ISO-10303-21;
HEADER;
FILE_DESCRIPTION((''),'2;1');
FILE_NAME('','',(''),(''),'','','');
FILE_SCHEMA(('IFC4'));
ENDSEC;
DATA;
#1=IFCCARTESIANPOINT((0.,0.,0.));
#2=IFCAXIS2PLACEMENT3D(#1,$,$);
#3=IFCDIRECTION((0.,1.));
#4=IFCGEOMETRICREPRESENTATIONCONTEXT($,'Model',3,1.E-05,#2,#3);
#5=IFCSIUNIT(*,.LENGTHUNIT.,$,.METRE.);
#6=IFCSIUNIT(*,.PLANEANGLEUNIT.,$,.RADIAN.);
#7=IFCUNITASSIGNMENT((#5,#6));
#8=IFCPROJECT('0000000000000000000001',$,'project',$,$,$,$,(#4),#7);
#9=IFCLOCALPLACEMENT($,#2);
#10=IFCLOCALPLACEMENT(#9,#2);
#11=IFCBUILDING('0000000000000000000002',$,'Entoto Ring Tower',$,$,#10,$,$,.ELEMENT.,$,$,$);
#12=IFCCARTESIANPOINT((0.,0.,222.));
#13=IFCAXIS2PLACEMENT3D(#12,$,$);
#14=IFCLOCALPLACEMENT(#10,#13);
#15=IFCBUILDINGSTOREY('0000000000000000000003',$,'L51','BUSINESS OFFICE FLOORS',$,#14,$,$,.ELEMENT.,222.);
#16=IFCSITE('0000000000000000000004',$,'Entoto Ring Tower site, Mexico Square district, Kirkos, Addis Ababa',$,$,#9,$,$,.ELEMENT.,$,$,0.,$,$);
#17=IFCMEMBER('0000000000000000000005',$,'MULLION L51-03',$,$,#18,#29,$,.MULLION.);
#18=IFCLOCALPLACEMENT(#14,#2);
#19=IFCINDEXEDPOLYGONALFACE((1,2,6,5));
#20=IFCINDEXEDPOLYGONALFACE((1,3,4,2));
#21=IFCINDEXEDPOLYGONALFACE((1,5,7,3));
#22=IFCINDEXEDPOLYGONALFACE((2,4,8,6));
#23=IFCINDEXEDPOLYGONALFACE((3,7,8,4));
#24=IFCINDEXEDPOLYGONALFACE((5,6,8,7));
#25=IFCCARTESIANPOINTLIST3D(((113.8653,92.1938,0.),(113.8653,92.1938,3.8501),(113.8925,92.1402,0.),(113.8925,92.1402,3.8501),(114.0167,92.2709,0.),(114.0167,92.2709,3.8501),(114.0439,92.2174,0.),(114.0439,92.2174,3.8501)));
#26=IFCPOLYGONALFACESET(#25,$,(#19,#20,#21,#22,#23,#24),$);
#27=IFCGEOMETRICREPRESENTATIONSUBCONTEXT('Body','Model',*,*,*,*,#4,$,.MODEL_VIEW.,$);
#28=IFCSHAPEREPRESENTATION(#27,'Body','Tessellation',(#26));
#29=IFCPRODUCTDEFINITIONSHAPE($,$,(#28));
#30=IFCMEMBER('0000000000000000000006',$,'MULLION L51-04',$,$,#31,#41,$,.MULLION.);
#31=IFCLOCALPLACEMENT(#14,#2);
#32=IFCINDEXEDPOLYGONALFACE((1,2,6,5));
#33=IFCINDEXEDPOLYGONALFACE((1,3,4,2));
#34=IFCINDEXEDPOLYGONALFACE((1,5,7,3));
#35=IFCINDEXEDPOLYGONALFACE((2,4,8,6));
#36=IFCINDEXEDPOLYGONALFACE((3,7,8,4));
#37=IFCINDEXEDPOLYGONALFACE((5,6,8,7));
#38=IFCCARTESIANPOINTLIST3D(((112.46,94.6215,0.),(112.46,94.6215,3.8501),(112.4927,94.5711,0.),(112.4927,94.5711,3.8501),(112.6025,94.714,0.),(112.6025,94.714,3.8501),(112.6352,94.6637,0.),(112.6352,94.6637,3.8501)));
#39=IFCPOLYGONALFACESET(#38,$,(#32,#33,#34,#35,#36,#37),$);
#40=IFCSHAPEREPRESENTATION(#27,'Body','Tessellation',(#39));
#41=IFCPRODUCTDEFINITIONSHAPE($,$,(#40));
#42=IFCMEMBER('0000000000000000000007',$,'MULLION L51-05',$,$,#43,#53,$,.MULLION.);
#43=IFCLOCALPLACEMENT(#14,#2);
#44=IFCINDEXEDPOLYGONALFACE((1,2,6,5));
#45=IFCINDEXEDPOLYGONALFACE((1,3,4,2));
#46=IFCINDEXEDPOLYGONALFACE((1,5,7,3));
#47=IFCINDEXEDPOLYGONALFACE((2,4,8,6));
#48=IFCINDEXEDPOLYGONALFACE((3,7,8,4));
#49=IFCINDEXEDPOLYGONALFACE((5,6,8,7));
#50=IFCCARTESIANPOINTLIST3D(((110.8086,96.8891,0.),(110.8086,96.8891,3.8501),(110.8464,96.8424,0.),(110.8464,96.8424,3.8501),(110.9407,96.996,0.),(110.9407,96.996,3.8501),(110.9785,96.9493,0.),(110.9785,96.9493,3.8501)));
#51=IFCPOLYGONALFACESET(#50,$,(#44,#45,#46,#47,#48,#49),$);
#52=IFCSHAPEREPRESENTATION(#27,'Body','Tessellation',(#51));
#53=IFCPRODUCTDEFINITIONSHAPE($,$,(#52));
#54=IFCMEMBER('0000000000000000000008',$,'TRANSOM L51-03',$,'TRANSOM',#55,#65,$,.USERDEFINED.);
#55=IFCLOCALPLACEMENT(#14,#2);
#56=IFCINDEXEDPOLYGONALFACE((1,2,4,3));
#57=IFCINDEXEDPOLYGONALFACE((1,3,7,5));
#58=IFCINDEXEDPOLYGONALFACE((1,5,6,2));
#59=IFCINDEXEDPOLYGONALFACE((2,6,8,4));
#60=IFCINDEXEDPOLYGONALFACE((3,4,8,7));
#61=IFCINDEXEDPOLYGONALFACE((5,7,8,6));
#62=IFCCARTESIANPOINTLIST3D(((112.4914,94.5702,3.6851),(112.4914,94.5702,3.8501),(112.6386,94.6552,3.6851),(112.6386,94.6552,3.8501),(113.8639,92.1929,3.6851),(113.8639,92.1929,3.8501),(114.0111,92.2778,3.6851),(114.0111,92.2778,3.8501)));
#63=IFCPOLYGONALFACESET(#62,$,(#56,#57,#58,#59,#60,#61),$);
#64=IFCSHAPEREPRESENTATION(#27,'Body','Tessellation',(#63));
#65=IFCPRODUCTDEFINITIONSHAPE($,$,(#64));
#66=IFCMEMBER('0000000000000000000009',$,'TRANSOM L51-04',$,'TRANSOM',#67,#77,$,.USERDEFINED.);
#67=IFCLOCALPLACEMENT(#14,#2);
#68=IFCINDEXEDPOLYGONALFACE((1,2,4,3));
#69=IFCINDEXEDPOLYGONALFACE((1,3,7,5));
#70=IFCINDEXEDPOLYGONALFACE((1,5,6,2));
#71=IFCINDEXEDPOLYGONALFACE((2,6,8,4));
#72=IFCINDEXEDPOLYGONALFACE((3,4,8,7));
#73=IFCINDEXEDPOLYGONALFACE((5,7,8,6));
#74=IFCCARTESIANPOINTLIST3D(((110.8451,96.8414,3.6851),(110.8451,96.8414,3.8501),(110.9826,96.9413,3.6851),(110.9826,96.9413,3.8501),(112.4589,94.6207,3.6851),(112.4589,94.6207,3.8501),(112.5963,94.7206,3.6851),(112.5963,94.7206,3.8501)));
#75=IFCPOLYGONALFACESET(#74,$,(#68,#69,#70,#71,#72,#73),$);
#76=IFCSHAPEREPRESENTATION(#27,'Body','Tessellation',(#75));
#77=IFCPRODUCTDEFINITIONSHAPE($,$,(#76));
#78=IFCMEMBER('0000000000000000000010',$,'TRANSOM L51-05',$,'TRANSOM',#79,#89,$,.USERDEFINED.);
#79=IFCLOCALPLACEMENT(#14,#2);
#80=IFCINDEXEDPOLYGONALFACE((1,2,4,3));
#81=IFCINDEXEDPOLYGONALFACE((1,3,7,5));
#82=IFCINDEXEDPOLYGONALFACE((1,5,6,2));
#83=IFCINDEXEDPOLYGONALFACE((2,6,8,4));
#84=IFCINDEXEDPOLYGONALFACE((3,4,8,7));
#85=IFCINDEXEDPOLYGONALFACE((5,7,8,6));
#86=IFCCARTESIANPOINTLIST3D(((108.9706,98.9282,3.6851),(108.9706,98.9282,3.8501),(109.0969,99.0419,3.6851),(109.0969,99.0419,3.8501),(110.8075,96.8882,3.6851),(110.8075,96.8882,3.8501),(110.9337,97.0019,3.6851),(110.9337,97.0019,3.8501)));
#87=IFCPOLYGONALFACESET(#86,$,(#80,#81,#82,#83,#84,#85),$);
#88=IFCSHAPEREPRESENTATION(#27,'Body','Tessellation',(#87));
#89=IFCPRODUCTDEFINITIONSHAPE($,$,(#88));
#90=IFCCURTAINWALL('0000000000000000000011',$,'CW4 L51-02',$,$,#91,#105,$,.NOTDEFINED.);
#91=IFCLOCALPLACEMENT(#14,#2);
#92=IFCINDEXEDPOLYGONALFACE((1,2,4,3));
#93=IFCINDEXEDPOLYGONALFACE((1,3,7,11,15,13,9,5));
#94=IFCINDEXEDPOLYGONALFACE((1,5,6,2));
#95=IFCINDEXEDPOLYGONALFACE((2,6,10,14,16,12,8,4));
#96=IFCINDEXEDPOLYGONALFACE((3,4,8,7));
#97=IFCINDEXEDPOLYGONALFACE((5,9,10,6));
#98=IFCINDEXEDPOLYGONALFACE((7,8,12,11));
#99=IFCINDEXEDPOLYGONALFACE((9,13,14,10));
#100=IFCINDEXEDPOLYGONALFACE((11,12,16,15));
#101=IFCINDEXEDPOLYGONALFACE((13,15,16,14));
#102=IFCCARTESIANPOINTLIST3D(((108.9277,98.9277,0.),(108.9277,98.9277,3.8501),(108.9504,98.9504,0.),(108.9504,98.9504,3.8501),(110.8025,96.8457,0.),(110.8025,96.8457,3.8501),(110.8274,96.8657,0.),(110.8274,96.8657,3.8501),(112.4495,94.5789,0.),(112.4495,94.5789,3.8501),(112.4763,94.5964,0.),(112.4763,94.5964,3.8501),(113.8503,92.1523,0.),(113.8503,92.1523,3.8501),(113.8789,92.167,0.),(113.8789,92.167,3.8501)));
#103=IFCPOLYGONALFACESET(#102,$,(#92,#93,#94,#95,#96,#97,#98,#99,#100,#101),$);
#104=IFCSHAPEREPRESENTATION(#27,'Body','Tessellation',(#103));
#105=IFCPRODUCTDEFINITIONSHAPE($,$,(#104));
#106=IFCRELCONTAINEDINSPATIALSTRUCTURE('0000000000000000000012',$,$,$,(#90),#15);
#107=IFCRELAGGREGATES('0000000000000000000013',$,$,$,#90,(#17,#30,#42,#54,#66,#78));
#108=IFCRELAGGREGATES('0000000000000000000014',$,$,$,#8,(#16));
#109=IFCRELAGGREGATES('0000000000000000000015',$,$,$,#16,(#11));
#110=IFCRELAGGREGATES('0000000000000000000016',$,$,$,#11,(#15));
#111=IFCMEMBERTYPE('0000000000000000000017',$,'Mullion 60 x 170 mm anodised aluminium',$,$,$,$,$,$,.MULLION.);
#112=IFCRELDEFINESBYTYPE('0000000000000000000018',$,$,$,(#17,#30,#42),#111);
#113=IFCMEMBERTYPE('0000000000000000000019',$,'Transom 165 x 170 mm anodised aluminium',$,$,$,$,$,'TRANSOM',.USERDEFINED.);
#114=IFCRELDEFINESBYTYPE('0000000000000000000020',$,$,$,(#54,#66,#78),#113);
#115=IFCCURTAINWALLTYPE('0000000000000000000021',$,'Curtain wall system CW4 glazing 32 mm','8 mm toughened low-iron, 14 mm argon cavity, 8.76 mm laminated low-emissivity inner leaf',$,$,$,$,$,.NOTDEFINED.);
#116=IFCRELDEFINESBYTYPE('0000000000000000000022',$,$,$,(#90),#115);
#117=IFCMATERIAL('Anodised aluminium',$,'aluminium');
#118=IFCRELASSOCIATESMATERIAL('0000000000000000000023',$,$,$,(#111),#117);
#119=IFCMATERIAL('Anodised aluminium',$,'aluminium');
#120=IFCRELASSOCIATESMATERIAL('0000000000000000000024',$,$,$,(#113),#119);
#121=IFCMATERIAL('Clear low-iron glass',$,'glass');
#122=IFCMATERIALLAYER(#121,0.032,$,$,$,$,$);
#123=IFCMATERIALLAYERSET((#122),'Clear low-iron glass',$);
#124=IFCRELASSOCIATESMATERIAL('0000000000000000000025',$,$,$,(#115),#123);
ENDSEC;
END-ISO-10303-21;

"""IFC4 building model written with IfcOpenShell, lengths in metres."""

from ifc_helpers import new_model, si_unit, direction, frame, origin, origin_2d, place, context, subcontext, project, spatial, polyline, rectangle, outline, extrude, material, layer, layer_set, material_profile, profile_set, type_object, element, aggregate, save


model = new_model("IFC4")

# Units and contexts
model_context = context("Model", 3, precision=1e-05, world=origin(), true_north=direction((0.0, 1.0)))
body_context = subcontext(model_context, "Body", "Model", "MODEL_VIEW")
ifc_project = project(units=[si_unit("LENGTHUNIT", "METRE"), si_unit("PLANEANGLEUNIT", "RADIAN")], contexts=[model_context])

# Members
ifc_material_1 = material(Name="Anodised aluminium", Category="aluminium")
ifc_material_profile_1 = material_profile(ifc_material_1, rectangle(XDim=0.0601, YDim=0.1699, at=origin_2d()), Name="Mullion 60 x 170 mm anodised aluminium")
ifc_profile_set_1 = profile_set([ifc_material_profile_1], Name="Anodised aluminium")
member_type_1 = type_object("IfcMemberType", Name="Mullion 60 x 170 mm anodised aluminium", PredefinedType="MULLION", material=ifc_profile_set_1)
site_placement = place(None, origin())
building_placement = place(site_placement, origin())
storey_placement = place(building_placement, frame((0.0, 0.0, 222.0)))
member_1_placement = place(storey_placement, frame((113.9546, 92.2056, 0.0), z_axis=(0.0, 0.0, 1.0), x_axis=(-0.45399, 0.891007, 0.0)))
member_1 = element("IfcMember", 1, at=member_1_placement, type_object=member_type_1, Name="MULLION L51-03", PredefinedType="MULLION", context=body_context, shape_type="SweptSolid", body=[
    extrude(rectangle(XDim=0.0601, YDim=0.1699, at=origin_2d()), origin(), (0.0, 0.0, 1.0), 3.8501),
])
member_2_placement = place(storey_placement, frame((112.5476, 94.6426, 0.0), z_axis=(0.0, 0.0, 1.0), x_axis=(-0.544639, 0.838671, 0.0)))
member_2 = element("IfcMember", 2, at=member_2_placement, type_object=member_type_1, Name="MULLION L51-04", PredefinedType="MULLION", context=body_context, shape_type="SweptSolid", body=[
    extrude(rectangle(XDim=0.0601, YDim=0.1699, at=origin_2d()), origin(), (0.0, 0.0, 1.0), 3.8501),
])
member_3_placement = place(storey_placement, frame((110.8936, 96.9192, 0.0), z_axis=(0.0, 0.0, 1.0), x_axis=(-0.62932, 0.777146, 0.0)))
member_3 = element("IfcMember", 3, at=member_3_placement, type_object=member_type_1, Name="MULLION L51-05", PredefinedType="MULLION", context=body_context, shape_type="SweptSolid", body=[
    extrude(rectangle(XDim=0.0601, YDim=0.1699, at=origin_2d()), origin(), (0.0, 0.0, 1.0), 3.8501),
])
ifc_material_2 = material(Name="Anodised aluminium", Category="aluminium")
ifc_material_profile_2 = material_profile(ifc_material_2, rectangle(XDim=0.1699, YDim=0.165, at=origin_2d()), Name="Transom 165 x 170 mm anodised aluminium")
ifc_profile_set_2 = profile_set([ifc_material_profile_2], Name="Anodised aluminium")
member_type_2 = type_object("IfcMemberType", Name="Transom 165 x 170 mm anodised aluminium", ElementType="TRANSOM", PredefinedType="USERDEFINED", material=ifc_profile_set_2)
member_4_placement = place(storey_placement, frame((113.9375, 92.2354, 3.7676), z_axis=(-0.499984, 0.866035, 0.0), x_axis=(-0.866035, -0.499984, 0.0)))
member_4 = element("IfcMember", 4, at=member_4_placement, type_object=member_type_2, Name="TRANSOM L51-03", ObjectType="TRANSOM", PredefinedType="USERDEFINED", context=body_context, shape_type="SweptSolid", body=[
    extrude(rectangle(XDim=0.1699, YDim=0.165, at=origin_2d()), origin(), (0.0, 0.0, 1.0), 2.7451),
])
member_5_placement = place(storey_placement, frame((112.5276, 94.6707, 3.7676), z_axis=(-0.587865, 0.808959, 0.0), x_axis=(-0.808959, -0.587865, 0.0)))
member_5 = element("IfcMember", 5, at=member_5_placement, type_object=member_type_2, Name="TRANSOM L51-04", ObjectType="TRANSOM", PredefinedType="USERDEFINED", context=body_context, shape_type="SweptSolid", body=[
    extrude(rectangle(XDim=0.1699, YDim=0.165, at=origin_2d()), origin(), (0.0, 0.0, 1.0), 2.7451),
])
member_6_placement = place(storey_placement, frame((110.8706, 96.9451, 3.7676), z_axis=(-0.669142, 0.743135, 0.0), x_axis=(-0.743135, -0.669142, 0.0)))
member_6 = element("IfcMember", 6, at=member_6_placement, type_object=member_type_2, Name="TRANSOM L51-05", ObjectType="TRANSOM", PredefinedType="USERDEFINED", context=body_context, shape_type="SweptSolid", body=[
    extrude(rectangle(XDim=0.1699, YDim=0.165, at=origin_2d()), origin(), (0.0, 0.0, 1.0), 2.7451),
])

# Site, building, storey
site = spatial("IfcSite", under=ifc_project, at=site_placement, Name="Entoto Ring Tower site, Mexico Square district, Kirkos, Addis Ababa", CompositionType="ELEMENT", RefElevation=0.0)
building = spatial("IfcBuilding", under=site, at=building_placement, Name="Entoto Ring Tower", CompositionType="ELEMENT")
storey = spatial("IfcBuildingStorey", under=building, at=storey_placement, Name="L51", Description="BUSINESS OFFICE FLOORS", CompositionType="ELEMENT", Elevation=222.0)

# Curtain wall
ifc_material_3 = material(Name="Clear low-iron glass", Category="glass")
ifc_layer_1 = layer(ifc_material_3, 0.032)
ifc_layer_set_1 = layer_set([ifc_layer_1], Name="Clear low-iron glass")
curtain_wall_type = type_object("IfcCurtainWallType", Name="Curtain wall system CW4 glazing 32 mm", Description="8 mm toughened low-iron, 14 mm argon cavity, 8.76 mm laminated low-emissivity inner leaf", PredefinedType="NOTDEFINED", material=ifc_layer_set_1)
curtain_wall_1_placement = place(storey_placement, origin())
curtain_wall_1 = element("IfcCurtainWall", 7, at=curtain_wall_1_placement, inside=storey, type_object=curtain_wall_type, Name="CW4 L51-02", PredefinedType="NOTDEFINED", context=body_context, shape_type="SweptSolid", body=[
    extrude(outline(polyline([(113.8789, 92.167), (112.4763, 94.5964), (110.8274, 96.8657), (108.9504, 98.9504), (108.9277, 98.9277), (110.8025, 96.8457), (112.4495, 94.5789), (113.8503, 92.1523), (113.8789, 92.167)])), origin(), (0.0, 0.0, 1.0), 3.8501),
])
aggregate(curtain_wall_1, [member_1, member_2, member_3, member_4, member_5, member_6])

save(model, "model.ifc")
